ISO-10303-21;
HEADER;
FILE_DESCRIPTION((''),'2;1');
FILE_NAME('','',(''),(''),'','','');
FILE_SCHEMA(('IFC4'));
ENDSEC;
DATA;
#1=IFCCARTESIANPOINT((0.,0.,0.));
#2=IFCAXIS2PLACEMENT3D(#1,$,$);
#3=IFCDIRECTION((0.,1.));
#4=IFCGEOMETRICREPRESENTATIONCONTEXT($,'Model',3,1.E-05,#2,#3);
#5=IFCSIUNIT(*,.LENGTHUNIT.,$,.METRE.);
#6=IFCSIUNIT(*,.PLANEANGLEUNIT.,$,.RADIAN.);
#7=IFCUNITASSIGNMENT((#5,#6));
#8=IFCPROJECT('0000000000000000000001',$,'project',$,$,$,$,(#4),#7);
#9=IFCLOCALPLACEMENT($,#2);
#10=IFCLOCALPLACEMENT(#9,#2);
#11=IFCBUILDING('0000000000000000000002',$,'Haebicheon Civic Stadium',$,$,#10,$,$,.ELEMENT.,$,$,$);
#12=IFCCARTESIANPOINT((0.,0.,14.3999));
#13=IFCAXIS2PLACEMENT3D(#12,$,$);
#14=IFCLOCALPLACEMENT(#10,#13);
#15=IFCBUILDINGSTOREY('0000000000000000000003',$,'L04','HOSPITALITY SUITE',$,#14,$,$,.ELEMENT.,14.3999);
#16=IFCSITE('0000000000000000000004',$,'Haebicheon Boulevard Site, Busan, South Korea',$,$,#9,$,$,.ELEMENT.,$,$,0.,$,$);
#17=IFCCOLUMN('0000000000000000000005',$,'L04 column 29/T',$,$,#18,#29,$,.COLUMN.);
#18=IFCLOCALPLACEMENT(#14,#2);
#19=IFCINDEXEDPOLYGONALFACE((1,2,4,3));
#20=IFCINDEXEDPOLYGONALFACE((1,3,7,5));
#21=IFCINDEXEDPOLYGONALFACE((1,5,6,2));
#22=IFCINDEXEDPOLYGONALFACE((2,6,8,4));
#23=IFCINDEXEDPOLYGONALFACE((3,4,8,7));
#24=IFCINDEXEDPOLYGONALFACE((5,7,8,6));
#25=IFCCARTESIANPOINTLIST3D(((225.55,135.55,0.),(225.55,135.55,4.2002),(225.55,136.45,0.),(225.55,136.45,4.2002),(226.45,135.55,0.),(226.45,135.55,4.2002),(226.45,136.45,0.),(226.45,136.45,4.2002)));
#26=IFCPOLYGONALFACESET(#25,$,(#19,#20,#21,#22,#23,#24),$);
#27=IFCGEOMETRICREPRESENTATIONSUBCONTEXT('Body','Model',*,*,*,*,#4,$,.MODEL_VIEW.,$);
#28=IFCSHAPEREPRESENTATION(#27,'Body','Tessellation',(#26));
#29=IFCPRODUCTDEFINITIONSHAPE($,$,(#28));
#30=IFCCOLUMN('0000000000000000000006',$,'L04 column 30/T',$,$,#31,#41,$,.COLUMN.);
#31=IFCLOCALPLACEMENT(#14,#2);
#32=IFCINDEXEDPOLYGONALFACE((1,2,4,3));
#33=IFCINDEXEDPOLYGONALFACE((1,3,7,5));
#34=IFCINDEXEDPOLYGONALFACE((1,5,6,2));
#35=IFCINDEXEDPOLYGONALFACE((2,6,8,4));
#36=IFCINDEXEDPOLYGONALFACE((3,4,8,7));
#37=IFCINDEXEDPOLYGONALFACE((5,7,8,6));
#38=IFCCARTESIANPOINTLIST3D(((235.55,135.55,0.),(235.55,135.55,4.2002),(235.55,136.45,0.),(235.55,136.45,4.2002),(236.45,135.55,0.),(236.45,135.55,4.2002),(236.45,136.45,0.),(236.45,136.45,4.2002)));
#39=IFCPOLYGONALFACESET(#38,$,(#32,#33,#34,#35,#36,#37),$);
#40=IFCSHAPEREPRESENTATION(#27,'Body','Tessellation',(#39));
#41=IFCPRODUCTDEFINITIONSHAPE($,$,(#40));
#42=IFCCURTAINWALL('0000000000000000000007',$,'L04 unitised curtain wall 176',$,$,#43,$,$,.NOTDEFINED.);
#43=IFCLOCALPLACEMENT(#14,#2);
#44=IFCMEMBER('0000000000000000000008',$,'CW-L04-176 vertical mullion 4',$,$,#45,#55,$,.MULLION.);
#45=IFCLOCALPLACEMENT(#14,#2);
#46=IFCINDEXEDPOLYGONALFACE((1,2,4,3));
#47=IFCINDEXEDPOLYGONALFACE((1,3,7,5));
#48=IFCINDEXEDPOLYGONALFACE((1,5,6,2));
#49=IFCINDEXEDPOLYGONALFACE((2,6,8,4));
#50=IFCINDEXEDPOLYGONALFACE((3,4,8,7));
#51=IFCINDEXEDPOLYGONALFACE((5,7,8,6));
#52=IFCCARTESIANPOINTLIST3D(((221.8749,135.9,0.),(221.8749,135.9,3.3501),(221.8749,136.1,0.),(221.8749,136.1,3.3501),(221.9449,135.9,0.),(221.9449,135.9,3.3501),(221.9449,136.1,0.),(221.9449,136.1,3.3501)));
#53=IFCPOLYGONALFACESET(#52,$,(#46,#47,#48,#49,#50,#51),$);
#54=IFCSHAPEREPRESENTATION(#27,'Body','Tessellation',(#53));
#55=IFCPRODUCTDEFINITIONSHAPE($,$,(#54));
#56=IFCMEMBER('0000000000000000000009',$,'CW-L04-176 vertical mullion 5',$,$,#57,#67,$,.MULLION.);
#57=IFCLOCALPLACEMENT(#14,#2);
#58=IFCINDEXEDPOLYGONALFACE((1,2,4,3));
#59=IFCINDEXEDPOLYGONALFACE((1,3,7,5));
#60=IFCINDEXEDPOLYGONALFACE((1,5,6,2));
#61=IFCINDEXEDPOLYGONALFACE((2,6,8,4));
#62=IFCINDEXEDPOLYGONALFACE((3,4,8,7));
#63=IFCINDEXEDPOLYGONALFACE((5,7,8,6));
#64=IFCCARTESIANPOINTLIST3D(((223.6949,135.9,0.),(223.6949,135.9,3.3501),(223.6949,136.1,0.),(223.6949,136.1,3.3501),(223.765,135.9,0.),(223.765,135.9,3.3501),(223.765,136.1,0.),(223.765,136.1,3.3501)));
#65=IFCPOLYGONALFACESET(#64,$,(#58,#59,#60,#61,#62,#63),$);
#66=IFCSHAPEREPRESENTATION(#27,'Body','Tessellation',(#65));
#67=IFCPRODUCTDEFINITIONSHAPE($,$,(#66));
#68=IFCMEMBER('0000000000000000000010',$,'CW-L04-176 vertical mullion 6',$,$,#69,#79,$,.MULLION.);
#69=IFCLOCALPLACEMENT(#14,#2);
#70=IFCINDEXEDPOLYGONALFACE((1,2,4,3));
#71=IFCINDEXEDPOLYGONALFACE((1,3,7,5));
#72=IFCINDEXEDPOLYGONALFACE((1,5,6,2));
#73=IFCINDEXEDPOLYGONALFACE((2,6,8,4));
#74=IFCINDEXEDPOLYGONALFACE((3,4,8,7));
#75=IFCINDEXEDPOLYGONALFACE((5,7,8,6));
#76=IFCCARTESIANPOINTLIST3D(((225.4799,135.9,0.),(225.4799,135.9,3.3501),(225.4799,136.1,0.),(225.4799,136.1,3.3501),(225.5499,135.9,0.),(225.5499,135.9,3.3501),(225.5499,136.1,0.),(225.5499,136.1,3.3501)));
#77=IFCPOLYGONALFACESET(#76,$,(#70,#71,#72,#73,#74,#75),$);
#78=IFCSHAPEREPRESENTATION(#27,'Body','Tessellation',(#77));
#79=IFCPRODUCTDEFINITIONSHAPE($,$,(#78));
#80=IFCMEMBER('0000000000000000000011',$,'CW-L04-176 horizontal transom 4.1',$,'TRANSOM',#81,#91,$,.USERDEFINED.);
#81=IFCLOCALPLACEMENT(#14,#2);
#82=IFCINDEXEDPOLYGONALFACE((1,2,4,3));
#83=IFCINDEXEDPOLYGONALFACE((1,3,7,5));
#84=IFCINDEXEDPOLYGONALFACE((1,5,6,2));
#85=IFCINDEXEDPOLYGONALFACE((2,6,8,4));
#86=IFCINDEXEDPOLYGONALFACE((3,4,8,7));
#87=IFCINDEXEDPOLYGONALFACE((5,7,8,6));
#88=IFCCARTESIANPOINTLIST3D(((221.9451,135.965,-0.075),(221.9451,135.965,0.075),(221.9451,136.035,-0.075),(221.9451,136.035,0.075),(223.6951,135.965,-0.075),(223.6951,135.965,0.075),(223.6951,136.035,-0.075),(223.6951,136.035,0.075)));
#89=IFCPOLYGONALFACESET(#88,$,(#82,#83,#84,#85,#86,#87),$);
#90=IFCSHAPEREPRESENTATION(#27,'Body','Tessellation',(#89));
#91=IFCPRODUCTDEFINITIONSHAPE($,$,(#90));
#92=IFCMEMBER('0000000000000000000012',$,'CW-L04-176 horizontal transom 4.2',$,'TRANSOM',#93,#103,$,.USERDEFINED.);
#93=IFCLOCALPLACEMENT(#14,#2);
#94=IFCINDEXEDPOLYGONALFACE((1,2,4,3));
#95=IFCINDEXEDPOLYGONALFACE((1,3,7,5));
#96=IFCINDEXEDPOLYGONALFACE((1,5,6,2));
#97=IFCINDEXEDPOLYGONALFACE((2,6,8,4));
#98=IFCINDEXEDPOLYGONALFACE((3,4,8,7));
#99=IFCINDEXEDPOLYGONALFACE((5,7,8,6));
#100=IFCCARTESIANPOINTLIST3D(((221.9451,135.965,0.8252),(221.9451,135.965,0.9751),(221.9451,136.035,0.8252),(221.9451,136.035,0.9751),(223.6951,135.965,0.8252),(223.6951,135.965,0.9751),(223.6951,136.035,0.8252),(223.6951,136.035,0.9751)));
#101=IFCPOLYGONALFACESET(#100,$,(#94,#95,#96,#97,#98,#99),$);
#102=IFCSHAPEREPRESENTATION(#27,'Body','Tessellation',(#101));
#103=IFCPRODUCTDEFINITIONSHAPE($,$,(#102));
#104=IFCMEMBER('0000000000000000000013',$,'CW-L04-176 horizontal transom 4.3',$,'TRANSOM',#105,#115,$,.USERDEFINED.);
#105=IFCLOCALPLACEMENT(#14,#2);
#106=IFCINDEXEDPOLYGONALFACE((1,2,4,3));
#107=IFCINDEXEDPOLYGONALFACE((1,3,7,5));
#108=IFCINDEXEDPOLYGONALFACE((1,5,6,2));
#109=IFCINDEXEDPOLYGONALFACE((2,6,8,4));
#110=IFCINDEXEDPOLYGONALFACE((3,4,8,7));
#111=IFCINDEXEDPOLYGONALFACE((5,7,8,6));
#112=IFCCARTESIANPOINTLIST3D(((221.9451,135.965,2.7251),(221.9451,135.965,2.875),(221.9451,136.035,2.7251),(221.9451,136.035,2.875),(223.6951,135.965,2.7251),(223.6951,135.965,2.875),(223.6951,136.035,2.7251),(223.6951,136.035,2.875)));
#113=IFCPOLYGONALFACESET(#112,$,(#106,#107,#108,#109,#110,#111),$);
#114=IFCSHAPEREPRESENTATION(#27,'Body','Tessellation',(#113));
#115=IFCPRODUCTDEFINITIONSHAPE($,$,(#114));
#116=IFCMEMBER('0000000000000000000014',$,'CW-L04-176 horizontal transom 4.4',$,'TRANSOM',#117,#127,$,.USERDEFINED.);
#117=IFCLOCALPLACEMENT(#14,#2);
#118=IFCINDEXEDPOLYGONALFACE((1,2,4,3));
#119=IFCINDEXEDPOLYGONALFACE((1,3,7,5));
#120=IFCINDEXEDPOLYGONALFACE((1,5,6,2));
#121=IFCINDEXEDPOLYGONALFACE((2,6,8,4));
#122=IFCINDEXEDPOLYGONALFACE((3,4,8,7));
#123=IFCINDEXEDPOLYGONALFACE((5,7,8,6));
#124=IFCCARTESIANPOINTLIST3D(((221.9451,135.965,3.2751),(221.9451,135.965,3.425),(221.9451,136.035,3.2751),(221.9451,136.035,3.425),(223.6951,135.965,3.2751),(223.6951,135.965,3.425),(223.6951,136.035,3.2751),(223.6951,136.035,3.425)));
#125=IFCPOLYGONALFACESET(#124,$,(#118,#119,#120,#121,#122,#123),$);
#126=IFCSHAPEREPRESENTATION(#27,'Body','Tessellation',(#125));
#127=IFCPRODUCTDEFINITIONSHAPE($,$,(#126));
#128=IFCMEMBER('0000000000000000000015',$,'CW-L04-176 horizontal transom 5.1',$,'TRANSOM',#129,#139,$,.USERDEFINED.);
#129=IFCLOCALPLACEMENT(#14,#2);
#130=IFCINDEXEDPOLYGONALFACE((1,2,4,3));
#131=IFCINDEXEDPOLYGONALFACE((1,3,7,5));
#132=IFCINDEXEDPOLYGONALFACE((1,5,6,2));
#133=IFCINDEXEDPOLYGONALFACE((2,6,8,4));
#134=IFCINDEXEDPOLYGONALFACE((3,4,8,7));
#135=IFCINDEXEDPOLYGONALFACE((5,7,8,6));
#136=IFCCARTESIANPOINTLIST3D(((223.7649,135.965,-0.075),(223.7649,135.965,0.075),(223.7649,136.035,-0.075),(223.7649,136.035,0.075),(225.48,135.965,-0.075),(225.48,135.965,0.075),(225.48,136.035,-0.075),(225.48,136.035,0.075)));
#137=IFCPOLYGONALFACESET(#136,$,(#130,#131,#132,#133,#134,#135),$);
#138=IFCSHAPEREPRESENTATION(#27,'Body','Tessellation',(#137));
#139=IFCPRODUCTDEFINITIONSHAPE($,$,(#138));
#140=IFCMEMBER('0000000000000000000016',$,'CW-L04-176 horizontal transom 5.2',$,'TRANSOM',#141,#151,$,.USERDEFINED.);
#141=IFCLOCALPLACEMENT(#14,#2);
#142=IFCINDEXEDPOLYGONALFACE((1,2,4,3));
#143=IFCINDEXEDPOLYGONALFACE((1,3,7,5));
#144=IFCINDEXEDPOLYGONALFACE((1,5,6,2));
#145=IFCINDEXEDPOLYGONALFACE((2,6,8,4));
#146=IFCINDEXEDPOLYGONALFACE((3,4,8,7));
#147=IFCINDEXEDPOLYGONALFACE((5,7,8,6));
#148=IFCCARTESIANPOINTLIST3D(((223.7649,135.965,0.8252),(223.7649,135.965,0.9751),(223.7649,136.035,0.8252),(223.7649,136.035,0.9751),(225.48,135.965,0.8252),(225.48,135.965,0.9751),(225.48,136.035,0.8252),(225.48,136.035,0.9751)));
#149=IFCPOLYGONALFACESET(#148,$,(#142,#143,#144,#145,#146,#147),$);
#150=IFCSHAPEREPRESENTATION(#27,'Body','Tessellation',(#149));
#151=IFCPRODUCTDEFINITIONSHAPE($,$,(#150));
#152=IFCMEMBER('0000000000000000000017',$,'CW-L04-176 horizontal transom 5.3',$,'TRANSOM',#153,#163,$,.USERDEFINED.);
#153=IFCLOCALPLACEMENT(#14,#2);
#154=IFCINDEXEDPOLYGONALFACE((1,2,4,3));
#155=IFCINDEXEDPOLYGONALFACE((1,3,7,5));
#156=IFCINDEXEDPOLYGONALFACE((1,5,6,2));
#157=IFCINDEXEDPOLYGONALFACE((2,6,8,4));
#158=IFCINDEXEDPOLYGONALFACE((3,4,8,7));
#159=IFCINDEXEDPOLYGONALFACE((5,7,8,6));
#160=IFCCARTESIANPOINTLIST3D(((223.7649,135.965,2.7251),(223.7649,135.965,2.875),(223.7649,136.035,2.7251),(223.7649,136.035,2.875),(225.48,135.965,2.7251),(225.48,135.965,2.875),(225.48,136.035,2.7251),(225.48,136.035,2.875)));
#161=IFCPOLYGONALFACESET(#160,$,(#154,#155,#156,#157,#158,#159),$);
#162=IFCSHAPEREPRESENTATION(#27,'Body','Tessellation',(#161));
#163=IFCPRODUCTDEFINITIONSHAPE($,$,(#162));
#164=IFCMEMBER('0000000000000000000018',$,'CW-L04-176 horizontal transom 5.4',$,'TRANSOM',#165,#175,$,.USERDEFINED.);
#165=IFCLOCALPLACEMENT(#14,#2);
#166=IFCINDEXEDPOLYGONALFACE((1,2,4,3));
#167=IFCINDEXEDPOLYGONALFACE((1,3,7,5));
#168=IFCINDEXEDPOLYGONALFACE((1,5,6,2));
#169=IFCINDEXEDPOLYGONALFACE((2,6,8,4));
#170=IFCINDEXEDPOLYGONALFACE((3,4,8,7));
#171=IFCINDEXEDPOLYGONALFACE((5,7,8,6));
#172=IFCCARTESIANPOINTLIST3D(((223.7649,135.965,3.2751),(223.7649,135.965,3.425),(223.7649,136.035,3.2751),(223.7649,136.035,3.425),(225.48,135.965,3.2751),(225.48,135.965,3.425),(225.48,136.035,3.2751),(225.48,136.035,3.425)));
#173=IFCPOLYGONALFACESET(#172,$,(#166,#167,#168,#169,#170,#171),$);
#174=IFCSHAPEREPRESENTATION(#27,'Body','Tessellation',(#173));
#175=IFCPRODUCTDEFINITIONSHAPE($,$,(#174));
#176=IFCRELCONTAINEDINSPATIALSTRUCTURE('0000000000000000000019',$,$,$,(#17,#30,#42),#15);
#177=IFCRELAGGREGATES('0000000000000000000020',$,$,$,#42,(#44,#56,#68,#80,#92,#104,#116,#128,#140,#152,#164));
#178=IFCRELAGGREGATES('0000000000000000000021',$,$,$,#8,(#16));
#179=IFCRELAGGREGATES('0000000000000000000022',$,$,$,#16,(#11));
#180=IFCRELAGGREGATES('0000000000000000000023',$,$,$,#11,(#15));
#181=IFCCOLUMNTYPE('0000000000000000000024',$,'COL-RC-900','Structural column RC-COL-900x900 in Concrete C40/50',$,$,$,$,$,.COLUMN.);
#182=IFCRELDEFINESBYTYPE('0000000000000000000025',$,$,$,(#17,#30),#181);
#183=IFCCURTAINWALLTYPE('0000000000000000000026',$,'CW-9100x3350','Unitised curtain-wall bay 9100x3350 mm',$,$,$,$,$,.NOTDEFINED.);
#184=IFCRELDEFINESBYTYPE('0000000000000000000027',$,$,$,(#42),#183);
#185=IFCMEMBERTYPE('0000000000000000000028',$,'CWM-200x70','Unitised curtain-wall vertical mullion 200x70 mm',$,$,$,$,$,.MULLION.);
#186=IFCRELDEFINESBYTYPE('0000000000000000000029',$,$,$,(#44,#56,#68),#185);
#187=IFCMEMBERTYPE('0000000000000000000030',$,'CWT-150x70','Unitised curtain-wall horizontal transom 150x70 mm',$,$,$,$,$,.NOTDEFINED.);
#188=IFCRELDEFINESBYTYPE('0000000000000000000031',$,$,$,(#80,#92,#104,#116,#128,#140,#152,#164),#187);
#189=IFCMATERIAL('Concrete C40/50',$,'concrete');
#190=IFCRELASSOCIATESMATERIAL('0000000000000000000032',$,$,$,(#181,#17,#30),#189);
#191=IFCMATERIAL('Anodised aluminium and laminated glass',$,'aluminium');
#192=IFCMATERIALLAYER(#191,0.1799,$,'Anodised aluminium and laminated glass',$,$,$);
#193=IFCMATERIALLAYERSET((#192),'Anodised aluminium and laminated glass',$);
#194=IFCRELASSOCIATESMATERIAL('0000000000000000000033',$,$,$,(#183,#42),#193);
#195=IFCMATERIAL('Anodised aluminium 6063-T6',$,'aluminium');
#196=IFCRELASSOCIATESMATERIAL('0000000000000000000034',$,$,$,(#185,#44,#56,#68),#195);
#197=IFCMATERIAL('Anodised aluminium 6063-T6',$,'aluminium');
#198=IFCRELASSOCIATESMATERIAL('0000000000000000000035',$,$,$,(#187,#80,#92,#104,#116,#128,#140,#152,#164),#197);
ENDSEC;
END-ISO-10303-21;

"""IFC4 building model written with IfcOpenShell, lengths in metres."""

from ifc_helpers import new_model, si_unit, direction, frame, origin, origin_2d, place, context, subcontext, project, spatial, rectangle, extrude, material, layer, layer_set, material_profile, profile_set, type_object, element, aggregate, save


model = new_model("IFC4")

# Units and contexts
model_context = context("Model", 3, precision=1e-05, world=origin(), true_north=direction((0.0, 1.0)))
body_context = subcontext(model_context, "Body", "Model", "MODEL_VIEW")
ifc_project = project(units=[si_unit("LENGTHUNIT", "METRE"), si_unit("PLANEANGLEUNIT", "RADIAN")], contexts=[model_context])

# Site, building, storey
site_placement = place(None, origin())
site = spatial("IfcSite", under=ifc_project, at=site_placement, Name="Haebicheon Boulevard Site, Busan, South Korea", CompositionType="ELEMENT", RefElevation=0.0)
building_placement = place(site_placement, origin())
building = spatial("IfcBuilding", under=site, at=building_placement, Name="Haebicheon Civic Stadium", CompositionType="ELEMENT")
storey_placement = place(building_placement, frame((0.0, 0.0, 14.3999)))
storey = spatial("IfcBuildingStorey", under=building, at=storey_placement, Name="L04", Description="HOSPITALITY SUITE", CompositionType="ELEMENT", Elevation=14.3999)

# Columns
ifc_material_1 = material(Name="Concrete C40/50", Category="concrete")
ifc_material_profile_1 = material_profile(ifc_material_1, rectangle(XDim=0.8999, YDim=0.8999, at=origin_2d()), Name="RC-COL-900x900")
ifc_profile_set_1 = profile_set([ifc_material_profile_1], Name="Concrete C40/50")
column_type = type_object("IfcColumnType", Name="COL-RC-900", Description="Structural column RC-COL-900x900 in Concrete C40/50", PredefinedType="COLUMN", material=ifc_profile_set_1)
for number, where, z_axis, x_axis, name in (
    (1, (226.0, 136.0, 0.0), (0.0, 0.0, 1.0), (1.0, 0.0, 0.0), "L04 column 29/T"),
    (2, (236.0, 136.0, 0.0), (0.0, 0.0, 1.0), (1.0, 0.0, 0.0), "L04 column 30/T"),
):
    element("IfcColumn", number, at=place(storey_placement, frame(where, z_axis=z_axis, x_axis=x_axis)), inside=storey, type_object=column_type, material=ifc_profile_set_1, Name=name, PredefinedType="COLUMN", context=body_context, shape_type="SweptSolid", body=[
        extrude(rectangle(XDim=0.8999, YDim=0.8999, at=origin_2d()), origin(), (0.0, 0.0, 1.0), 4.2002),
    ])

# Curtain wall, members
ifc_material_2 = material(Name="Anodised aluminium and laminated glass", Category="aluminium")
ifc_layer_1 = layer(ifc_material_2, 0.1799, Name="Anodised aluminium and laminated glass")
ifc_layer_set_1 = layer_set([ifc_layer_1], Name="Anodised aluminium and laminated glass")
curtain_wall_type = type_object("IfcCurtainWallType", Name="CW-9100x3350", Description="Unitised curtain-wall bay 9100x3350 mm", PredefinedType="NOTDEFINED", material=ifc_layer_set_1)
curtain_wall_placement = place(storey_placement, origin())
curtain_wall = element("IfcCurtainWall", 3, at=curtain_wall_placement, inside=storey, type_object=curtain_wall_type, material=ifc_layer_set_1, Name="L04 unitised curtain wall 176", PredefinedType="NOTDEFINED")
ifc_material_3 = material(Name="Anodised aluminium 6063-T6", Category="aluminium")
ifc_material_profile_2 = material_profile(ifc_material_3, rectangle(XDim=0.0701, YDim=0.2, at=origin_2d()), Name="ALU-MULL-70x200")
ifc_profile_set_2 = profile_set([ifc_material_profile_2], Name="Anodised aluminium 6063-T6")
member_type_1 = type_object("IfcMemberType", Name="CWM-200x70", Description="Unitised curtain-wall vertical mullion 200x70 mm", PredefinedType="MULLION", material=ifc_profile_set_2)
member_1_placement = place(storey_placement, frame((221.9099, 136.0, 0.0), z_axis=(0.0, 0.0, 1.0), x_axis=(1.0, 0.0, 0.0)))
member_1 = element("IfcMember", 4, at=member_1_placement, type_object=member_type_1, material=ifc_profile_set_2, Name="CW-L04-176 vertical mullion 4", PredefinedType="MULLION", context=body_context, shape_type="SweptSolid", body=[
    extrude(rectangle(XDim=0.0701, YDim=0.2, at=origin_2d()), origin(), (0.0, 0.0, 1.0), 3.3501),
])
member_2_placement = place(storey_placement, frame((223.73, 136.0, 0.0), z_axis=(0.0, 0.0, 1.0), x_axis=(1.0, 0.0, 0.0)))
member_2 = element("IfcMember", 5, at=member_2_placement, type_object=member_type_1, material=ifc_profile_set_2, Name="CW-L04-176 vertical mullion 5", PredefinedType="MULLION", context=body_context, shape_type="SweptSolid", body=[
    extrude(rectangle(XDim=0.0701, YDim=0.2, at=origin_2d()), origin(), (0.0, 0.0, 1.0), 3.3501),
])
member_3_placement = place(storey_placement, frame((225.5149, 136.0, 0.0), z_axis=(0.0, 0.0, 1.0), x_axis=(1.0, 0.0, 0.0)))
member_3 = element("IfcMember", 6, at=member_3_placement, type_object=member_type_1, material=ifc_profile_set_2, Name="CW-L04-176 vertical mullion 6", PredefinedType="MULLION", context=body_context, shape_type="SweptSolid", body=[
    extrude(rectangle(XDim=0.0701, YDim=0.2, at=origin_2d()), origin(), (0.0, 0.0, 1.0), 3.3501),
])
ifc_material_4 = material(Name="Anodised aluminium 6063-T6", Category="aluminium")
ifc_material_profile_3 = material_profile(ifc_material_4, rectangle(XDim=0.0701, YDim=0.1499, at=origin_2d()), Name="ALU-TRAN-70x150")
ifc_profile_set_3 = profile_set([ifc_material_profile_3], Name="Anodised aluminium 6063-T6")
member_type_2 = type_object("IfcMemberType", Name="CWT-150x70", Description="Unitised curtain-wall horizontal transom 150x70 mm", PredefinedType="NOTDEFINED", material=ifc_profile_set_3)
member_4_placement = place(storey_placement, frame((221.9451, 136.0, 0.0), z_axis=(1.0, 0.0, 0.0), x_axis=(0.0, 1.0, 0.0)))
member_4 = element("IfcMember", 7, at=member_4_placement, type_object=member_type_2, material=ifc_profile_set_3, Name="CW-L04-176 horizontal transom 4.1", ObjectType="TRANSOM", PredefinedType="USERDEFINED", context=body_context, shape_type="SweptSolid", body=[
    extrude(rectangle(XDim=0.0701, YDim=0.1499, at=origin_2d()), origin(), (0.0, 0.0, 1.0), 1.75),
])
member_5_placement = place(storey_placement, frame((221.9451, 136.0, 0.9001), z_axis=(1.0, 0.0, 0.0), x_axis=(0.0, 1.0, 0.0)))
member_5 = element("IfcMember", 8, at=member_5_placement, type_object=member_type_2, material=ifc_profile_set_3, Name="CW-L04-176 horizontal transom 4.2", ObjectType="TRANSOM", PredefinedType="USERDEFINED", context=body_context, shape_type="SweptSolid", body=[
    extrude(rectangle(XDim=0.0701, YDim=0.1499, at=origin_2d()), origin(), (0.0, 0.0, 1.0), 1.75),
])
member_6_placement = place(storey_placement, frame((221.9451, 136.0, 2.8), z_axis=(1.0, 0.0, 0.0), x_axis=(0.0, 1.0, 0.0)))
member_6 = element("IfcMember", 9, at=member_6_placement, type_object=member_type_2, material=ifc_profile_set_3, Name="CW-L04-176 horizontal transom 4.3", ObjectType="TRANSOM", PredefinedType="USERDEFINED", context=body_context, shape_type="SweptSolid", body=[
    extrude(rectangle(XDim=0.0701, YDim=0.1499, at=origin_2d()), origin(), (0.0, 0.0, 1.0), 1.75),
])
member_7_placement = place(storey_placement, frame((221.9451, 136.0, 3.3501), z_axis=(1.0, 0.0, 0.0), x_axis=(0.0, 1.0, 0.0)))
member_7 = element("IfcMember", 10, at=member_7_placement, type_object=member_type_2, material=ifc_profile_set_3, Name="CW-L04-176 horizontal transom 4.4", ObjectType="TRANSOM", PredefinedType="USERDEFINED", context=body_context, shape_type="SweptSolid", body=[
    extrude(rectangle(XDim=0.0701, YDim=0.1499, at=origin_2d()), origin(), (0.0, 0.0, 1.0), 1.75),
])
member_8_placement = place(storey_placement, frame((223.7649, 136.0, 0.0), z_axis=(1.0, 0.0, 0.0), x_axis=(0.0, 1.0, 0.0)))
member_8 = element("IfcMember", 11, at=member_8_placement, type_object=member_type_2, material=ifc_profile_set_3, Name="CW-L04-176 horizontal transom 5.1", ObjectType="TRANSOM", PredefinedType="USERDEFINED", context=body_context, shape_type="SweptSolid", body=[
    extrude(rectangle(XDim=0.0701, YDim=0.1499, at=origin_2d()), origin(), (0.0, 0.0, 1.0), 1.7151),
])
member_9_placement = place(storey_placement, frame((223.7649, 136.0, 0.9001), z_axis=(1.0, 0.0, 0.0), x_axis=(0.0, 1.0, 0.0)))
member_9 = element("IfcMember", 12, at=member_9_placement, type_object=member_type_2, material=ifc_profile_set_3, Name="CW-L04-176 horizontal transom 5.2", ObjectType="TRANSOM", PredefinedType="USERDEFINED", context=body_context, shape_type="SweptSolid", body=[
    extrude(rectangle(XDim=0.0701, YDim=0.1499, at=origin_2d()), origin(), (0.0, 0.0, 1.0), 1.7151),
])
member_10_placement = place(storey_placement, frame((223.7649, 136.0, 2.8), z_axis=(1.0, 0.0, 0.0), x_axis=(0.0, 1.0, 0.0)))
member_10 = element("IfcMember", 13, at=member_10_placement, type_object=member_type_2, material=ifc_profile_set_3, Name="CW-L04-176 horizontal transom 5.3", ObjectType="TRANSOM", PredefinedType="USERDEFINED", context=body_context, shape_type="SweptSolid", body=[
    extrude(rectangle(XDim=0.0701, YDim=0.1499, at=origin_2d()), origin(), (0.0, 0.0, 1.0), 1.7151),
])
member_11_placement = place(storey_placement, frame((223.7649, 136.0, 3.3501), z_axis=(1.0, 0.0, 0.0), x_axis=(0.0, 1.0, 0.0)))
member_11 = element("IfcMember", 14, at=member_11_placement, type_object=member_type_2, material=ifc_profile_set_3, Name="CW-L04-176 horizontal transom 5.4", ObjectType="TRANSOM", PredefinedType="USERDEFINED", context=body_context, shape_type="SweptSolid", body=[
    extrude(rectangle(XDim=0.0701, YDim=0.1499, at=origin_2d()), origin(), (0.0, 0.0, 1.0), 1.7151),
])

aggregate(curtain_wall, [member_1, member_2, member_3, member_4, member_5, member_6, member_7, member_8, member_9, member_10, member_11])

save(model, "model.ifc")
